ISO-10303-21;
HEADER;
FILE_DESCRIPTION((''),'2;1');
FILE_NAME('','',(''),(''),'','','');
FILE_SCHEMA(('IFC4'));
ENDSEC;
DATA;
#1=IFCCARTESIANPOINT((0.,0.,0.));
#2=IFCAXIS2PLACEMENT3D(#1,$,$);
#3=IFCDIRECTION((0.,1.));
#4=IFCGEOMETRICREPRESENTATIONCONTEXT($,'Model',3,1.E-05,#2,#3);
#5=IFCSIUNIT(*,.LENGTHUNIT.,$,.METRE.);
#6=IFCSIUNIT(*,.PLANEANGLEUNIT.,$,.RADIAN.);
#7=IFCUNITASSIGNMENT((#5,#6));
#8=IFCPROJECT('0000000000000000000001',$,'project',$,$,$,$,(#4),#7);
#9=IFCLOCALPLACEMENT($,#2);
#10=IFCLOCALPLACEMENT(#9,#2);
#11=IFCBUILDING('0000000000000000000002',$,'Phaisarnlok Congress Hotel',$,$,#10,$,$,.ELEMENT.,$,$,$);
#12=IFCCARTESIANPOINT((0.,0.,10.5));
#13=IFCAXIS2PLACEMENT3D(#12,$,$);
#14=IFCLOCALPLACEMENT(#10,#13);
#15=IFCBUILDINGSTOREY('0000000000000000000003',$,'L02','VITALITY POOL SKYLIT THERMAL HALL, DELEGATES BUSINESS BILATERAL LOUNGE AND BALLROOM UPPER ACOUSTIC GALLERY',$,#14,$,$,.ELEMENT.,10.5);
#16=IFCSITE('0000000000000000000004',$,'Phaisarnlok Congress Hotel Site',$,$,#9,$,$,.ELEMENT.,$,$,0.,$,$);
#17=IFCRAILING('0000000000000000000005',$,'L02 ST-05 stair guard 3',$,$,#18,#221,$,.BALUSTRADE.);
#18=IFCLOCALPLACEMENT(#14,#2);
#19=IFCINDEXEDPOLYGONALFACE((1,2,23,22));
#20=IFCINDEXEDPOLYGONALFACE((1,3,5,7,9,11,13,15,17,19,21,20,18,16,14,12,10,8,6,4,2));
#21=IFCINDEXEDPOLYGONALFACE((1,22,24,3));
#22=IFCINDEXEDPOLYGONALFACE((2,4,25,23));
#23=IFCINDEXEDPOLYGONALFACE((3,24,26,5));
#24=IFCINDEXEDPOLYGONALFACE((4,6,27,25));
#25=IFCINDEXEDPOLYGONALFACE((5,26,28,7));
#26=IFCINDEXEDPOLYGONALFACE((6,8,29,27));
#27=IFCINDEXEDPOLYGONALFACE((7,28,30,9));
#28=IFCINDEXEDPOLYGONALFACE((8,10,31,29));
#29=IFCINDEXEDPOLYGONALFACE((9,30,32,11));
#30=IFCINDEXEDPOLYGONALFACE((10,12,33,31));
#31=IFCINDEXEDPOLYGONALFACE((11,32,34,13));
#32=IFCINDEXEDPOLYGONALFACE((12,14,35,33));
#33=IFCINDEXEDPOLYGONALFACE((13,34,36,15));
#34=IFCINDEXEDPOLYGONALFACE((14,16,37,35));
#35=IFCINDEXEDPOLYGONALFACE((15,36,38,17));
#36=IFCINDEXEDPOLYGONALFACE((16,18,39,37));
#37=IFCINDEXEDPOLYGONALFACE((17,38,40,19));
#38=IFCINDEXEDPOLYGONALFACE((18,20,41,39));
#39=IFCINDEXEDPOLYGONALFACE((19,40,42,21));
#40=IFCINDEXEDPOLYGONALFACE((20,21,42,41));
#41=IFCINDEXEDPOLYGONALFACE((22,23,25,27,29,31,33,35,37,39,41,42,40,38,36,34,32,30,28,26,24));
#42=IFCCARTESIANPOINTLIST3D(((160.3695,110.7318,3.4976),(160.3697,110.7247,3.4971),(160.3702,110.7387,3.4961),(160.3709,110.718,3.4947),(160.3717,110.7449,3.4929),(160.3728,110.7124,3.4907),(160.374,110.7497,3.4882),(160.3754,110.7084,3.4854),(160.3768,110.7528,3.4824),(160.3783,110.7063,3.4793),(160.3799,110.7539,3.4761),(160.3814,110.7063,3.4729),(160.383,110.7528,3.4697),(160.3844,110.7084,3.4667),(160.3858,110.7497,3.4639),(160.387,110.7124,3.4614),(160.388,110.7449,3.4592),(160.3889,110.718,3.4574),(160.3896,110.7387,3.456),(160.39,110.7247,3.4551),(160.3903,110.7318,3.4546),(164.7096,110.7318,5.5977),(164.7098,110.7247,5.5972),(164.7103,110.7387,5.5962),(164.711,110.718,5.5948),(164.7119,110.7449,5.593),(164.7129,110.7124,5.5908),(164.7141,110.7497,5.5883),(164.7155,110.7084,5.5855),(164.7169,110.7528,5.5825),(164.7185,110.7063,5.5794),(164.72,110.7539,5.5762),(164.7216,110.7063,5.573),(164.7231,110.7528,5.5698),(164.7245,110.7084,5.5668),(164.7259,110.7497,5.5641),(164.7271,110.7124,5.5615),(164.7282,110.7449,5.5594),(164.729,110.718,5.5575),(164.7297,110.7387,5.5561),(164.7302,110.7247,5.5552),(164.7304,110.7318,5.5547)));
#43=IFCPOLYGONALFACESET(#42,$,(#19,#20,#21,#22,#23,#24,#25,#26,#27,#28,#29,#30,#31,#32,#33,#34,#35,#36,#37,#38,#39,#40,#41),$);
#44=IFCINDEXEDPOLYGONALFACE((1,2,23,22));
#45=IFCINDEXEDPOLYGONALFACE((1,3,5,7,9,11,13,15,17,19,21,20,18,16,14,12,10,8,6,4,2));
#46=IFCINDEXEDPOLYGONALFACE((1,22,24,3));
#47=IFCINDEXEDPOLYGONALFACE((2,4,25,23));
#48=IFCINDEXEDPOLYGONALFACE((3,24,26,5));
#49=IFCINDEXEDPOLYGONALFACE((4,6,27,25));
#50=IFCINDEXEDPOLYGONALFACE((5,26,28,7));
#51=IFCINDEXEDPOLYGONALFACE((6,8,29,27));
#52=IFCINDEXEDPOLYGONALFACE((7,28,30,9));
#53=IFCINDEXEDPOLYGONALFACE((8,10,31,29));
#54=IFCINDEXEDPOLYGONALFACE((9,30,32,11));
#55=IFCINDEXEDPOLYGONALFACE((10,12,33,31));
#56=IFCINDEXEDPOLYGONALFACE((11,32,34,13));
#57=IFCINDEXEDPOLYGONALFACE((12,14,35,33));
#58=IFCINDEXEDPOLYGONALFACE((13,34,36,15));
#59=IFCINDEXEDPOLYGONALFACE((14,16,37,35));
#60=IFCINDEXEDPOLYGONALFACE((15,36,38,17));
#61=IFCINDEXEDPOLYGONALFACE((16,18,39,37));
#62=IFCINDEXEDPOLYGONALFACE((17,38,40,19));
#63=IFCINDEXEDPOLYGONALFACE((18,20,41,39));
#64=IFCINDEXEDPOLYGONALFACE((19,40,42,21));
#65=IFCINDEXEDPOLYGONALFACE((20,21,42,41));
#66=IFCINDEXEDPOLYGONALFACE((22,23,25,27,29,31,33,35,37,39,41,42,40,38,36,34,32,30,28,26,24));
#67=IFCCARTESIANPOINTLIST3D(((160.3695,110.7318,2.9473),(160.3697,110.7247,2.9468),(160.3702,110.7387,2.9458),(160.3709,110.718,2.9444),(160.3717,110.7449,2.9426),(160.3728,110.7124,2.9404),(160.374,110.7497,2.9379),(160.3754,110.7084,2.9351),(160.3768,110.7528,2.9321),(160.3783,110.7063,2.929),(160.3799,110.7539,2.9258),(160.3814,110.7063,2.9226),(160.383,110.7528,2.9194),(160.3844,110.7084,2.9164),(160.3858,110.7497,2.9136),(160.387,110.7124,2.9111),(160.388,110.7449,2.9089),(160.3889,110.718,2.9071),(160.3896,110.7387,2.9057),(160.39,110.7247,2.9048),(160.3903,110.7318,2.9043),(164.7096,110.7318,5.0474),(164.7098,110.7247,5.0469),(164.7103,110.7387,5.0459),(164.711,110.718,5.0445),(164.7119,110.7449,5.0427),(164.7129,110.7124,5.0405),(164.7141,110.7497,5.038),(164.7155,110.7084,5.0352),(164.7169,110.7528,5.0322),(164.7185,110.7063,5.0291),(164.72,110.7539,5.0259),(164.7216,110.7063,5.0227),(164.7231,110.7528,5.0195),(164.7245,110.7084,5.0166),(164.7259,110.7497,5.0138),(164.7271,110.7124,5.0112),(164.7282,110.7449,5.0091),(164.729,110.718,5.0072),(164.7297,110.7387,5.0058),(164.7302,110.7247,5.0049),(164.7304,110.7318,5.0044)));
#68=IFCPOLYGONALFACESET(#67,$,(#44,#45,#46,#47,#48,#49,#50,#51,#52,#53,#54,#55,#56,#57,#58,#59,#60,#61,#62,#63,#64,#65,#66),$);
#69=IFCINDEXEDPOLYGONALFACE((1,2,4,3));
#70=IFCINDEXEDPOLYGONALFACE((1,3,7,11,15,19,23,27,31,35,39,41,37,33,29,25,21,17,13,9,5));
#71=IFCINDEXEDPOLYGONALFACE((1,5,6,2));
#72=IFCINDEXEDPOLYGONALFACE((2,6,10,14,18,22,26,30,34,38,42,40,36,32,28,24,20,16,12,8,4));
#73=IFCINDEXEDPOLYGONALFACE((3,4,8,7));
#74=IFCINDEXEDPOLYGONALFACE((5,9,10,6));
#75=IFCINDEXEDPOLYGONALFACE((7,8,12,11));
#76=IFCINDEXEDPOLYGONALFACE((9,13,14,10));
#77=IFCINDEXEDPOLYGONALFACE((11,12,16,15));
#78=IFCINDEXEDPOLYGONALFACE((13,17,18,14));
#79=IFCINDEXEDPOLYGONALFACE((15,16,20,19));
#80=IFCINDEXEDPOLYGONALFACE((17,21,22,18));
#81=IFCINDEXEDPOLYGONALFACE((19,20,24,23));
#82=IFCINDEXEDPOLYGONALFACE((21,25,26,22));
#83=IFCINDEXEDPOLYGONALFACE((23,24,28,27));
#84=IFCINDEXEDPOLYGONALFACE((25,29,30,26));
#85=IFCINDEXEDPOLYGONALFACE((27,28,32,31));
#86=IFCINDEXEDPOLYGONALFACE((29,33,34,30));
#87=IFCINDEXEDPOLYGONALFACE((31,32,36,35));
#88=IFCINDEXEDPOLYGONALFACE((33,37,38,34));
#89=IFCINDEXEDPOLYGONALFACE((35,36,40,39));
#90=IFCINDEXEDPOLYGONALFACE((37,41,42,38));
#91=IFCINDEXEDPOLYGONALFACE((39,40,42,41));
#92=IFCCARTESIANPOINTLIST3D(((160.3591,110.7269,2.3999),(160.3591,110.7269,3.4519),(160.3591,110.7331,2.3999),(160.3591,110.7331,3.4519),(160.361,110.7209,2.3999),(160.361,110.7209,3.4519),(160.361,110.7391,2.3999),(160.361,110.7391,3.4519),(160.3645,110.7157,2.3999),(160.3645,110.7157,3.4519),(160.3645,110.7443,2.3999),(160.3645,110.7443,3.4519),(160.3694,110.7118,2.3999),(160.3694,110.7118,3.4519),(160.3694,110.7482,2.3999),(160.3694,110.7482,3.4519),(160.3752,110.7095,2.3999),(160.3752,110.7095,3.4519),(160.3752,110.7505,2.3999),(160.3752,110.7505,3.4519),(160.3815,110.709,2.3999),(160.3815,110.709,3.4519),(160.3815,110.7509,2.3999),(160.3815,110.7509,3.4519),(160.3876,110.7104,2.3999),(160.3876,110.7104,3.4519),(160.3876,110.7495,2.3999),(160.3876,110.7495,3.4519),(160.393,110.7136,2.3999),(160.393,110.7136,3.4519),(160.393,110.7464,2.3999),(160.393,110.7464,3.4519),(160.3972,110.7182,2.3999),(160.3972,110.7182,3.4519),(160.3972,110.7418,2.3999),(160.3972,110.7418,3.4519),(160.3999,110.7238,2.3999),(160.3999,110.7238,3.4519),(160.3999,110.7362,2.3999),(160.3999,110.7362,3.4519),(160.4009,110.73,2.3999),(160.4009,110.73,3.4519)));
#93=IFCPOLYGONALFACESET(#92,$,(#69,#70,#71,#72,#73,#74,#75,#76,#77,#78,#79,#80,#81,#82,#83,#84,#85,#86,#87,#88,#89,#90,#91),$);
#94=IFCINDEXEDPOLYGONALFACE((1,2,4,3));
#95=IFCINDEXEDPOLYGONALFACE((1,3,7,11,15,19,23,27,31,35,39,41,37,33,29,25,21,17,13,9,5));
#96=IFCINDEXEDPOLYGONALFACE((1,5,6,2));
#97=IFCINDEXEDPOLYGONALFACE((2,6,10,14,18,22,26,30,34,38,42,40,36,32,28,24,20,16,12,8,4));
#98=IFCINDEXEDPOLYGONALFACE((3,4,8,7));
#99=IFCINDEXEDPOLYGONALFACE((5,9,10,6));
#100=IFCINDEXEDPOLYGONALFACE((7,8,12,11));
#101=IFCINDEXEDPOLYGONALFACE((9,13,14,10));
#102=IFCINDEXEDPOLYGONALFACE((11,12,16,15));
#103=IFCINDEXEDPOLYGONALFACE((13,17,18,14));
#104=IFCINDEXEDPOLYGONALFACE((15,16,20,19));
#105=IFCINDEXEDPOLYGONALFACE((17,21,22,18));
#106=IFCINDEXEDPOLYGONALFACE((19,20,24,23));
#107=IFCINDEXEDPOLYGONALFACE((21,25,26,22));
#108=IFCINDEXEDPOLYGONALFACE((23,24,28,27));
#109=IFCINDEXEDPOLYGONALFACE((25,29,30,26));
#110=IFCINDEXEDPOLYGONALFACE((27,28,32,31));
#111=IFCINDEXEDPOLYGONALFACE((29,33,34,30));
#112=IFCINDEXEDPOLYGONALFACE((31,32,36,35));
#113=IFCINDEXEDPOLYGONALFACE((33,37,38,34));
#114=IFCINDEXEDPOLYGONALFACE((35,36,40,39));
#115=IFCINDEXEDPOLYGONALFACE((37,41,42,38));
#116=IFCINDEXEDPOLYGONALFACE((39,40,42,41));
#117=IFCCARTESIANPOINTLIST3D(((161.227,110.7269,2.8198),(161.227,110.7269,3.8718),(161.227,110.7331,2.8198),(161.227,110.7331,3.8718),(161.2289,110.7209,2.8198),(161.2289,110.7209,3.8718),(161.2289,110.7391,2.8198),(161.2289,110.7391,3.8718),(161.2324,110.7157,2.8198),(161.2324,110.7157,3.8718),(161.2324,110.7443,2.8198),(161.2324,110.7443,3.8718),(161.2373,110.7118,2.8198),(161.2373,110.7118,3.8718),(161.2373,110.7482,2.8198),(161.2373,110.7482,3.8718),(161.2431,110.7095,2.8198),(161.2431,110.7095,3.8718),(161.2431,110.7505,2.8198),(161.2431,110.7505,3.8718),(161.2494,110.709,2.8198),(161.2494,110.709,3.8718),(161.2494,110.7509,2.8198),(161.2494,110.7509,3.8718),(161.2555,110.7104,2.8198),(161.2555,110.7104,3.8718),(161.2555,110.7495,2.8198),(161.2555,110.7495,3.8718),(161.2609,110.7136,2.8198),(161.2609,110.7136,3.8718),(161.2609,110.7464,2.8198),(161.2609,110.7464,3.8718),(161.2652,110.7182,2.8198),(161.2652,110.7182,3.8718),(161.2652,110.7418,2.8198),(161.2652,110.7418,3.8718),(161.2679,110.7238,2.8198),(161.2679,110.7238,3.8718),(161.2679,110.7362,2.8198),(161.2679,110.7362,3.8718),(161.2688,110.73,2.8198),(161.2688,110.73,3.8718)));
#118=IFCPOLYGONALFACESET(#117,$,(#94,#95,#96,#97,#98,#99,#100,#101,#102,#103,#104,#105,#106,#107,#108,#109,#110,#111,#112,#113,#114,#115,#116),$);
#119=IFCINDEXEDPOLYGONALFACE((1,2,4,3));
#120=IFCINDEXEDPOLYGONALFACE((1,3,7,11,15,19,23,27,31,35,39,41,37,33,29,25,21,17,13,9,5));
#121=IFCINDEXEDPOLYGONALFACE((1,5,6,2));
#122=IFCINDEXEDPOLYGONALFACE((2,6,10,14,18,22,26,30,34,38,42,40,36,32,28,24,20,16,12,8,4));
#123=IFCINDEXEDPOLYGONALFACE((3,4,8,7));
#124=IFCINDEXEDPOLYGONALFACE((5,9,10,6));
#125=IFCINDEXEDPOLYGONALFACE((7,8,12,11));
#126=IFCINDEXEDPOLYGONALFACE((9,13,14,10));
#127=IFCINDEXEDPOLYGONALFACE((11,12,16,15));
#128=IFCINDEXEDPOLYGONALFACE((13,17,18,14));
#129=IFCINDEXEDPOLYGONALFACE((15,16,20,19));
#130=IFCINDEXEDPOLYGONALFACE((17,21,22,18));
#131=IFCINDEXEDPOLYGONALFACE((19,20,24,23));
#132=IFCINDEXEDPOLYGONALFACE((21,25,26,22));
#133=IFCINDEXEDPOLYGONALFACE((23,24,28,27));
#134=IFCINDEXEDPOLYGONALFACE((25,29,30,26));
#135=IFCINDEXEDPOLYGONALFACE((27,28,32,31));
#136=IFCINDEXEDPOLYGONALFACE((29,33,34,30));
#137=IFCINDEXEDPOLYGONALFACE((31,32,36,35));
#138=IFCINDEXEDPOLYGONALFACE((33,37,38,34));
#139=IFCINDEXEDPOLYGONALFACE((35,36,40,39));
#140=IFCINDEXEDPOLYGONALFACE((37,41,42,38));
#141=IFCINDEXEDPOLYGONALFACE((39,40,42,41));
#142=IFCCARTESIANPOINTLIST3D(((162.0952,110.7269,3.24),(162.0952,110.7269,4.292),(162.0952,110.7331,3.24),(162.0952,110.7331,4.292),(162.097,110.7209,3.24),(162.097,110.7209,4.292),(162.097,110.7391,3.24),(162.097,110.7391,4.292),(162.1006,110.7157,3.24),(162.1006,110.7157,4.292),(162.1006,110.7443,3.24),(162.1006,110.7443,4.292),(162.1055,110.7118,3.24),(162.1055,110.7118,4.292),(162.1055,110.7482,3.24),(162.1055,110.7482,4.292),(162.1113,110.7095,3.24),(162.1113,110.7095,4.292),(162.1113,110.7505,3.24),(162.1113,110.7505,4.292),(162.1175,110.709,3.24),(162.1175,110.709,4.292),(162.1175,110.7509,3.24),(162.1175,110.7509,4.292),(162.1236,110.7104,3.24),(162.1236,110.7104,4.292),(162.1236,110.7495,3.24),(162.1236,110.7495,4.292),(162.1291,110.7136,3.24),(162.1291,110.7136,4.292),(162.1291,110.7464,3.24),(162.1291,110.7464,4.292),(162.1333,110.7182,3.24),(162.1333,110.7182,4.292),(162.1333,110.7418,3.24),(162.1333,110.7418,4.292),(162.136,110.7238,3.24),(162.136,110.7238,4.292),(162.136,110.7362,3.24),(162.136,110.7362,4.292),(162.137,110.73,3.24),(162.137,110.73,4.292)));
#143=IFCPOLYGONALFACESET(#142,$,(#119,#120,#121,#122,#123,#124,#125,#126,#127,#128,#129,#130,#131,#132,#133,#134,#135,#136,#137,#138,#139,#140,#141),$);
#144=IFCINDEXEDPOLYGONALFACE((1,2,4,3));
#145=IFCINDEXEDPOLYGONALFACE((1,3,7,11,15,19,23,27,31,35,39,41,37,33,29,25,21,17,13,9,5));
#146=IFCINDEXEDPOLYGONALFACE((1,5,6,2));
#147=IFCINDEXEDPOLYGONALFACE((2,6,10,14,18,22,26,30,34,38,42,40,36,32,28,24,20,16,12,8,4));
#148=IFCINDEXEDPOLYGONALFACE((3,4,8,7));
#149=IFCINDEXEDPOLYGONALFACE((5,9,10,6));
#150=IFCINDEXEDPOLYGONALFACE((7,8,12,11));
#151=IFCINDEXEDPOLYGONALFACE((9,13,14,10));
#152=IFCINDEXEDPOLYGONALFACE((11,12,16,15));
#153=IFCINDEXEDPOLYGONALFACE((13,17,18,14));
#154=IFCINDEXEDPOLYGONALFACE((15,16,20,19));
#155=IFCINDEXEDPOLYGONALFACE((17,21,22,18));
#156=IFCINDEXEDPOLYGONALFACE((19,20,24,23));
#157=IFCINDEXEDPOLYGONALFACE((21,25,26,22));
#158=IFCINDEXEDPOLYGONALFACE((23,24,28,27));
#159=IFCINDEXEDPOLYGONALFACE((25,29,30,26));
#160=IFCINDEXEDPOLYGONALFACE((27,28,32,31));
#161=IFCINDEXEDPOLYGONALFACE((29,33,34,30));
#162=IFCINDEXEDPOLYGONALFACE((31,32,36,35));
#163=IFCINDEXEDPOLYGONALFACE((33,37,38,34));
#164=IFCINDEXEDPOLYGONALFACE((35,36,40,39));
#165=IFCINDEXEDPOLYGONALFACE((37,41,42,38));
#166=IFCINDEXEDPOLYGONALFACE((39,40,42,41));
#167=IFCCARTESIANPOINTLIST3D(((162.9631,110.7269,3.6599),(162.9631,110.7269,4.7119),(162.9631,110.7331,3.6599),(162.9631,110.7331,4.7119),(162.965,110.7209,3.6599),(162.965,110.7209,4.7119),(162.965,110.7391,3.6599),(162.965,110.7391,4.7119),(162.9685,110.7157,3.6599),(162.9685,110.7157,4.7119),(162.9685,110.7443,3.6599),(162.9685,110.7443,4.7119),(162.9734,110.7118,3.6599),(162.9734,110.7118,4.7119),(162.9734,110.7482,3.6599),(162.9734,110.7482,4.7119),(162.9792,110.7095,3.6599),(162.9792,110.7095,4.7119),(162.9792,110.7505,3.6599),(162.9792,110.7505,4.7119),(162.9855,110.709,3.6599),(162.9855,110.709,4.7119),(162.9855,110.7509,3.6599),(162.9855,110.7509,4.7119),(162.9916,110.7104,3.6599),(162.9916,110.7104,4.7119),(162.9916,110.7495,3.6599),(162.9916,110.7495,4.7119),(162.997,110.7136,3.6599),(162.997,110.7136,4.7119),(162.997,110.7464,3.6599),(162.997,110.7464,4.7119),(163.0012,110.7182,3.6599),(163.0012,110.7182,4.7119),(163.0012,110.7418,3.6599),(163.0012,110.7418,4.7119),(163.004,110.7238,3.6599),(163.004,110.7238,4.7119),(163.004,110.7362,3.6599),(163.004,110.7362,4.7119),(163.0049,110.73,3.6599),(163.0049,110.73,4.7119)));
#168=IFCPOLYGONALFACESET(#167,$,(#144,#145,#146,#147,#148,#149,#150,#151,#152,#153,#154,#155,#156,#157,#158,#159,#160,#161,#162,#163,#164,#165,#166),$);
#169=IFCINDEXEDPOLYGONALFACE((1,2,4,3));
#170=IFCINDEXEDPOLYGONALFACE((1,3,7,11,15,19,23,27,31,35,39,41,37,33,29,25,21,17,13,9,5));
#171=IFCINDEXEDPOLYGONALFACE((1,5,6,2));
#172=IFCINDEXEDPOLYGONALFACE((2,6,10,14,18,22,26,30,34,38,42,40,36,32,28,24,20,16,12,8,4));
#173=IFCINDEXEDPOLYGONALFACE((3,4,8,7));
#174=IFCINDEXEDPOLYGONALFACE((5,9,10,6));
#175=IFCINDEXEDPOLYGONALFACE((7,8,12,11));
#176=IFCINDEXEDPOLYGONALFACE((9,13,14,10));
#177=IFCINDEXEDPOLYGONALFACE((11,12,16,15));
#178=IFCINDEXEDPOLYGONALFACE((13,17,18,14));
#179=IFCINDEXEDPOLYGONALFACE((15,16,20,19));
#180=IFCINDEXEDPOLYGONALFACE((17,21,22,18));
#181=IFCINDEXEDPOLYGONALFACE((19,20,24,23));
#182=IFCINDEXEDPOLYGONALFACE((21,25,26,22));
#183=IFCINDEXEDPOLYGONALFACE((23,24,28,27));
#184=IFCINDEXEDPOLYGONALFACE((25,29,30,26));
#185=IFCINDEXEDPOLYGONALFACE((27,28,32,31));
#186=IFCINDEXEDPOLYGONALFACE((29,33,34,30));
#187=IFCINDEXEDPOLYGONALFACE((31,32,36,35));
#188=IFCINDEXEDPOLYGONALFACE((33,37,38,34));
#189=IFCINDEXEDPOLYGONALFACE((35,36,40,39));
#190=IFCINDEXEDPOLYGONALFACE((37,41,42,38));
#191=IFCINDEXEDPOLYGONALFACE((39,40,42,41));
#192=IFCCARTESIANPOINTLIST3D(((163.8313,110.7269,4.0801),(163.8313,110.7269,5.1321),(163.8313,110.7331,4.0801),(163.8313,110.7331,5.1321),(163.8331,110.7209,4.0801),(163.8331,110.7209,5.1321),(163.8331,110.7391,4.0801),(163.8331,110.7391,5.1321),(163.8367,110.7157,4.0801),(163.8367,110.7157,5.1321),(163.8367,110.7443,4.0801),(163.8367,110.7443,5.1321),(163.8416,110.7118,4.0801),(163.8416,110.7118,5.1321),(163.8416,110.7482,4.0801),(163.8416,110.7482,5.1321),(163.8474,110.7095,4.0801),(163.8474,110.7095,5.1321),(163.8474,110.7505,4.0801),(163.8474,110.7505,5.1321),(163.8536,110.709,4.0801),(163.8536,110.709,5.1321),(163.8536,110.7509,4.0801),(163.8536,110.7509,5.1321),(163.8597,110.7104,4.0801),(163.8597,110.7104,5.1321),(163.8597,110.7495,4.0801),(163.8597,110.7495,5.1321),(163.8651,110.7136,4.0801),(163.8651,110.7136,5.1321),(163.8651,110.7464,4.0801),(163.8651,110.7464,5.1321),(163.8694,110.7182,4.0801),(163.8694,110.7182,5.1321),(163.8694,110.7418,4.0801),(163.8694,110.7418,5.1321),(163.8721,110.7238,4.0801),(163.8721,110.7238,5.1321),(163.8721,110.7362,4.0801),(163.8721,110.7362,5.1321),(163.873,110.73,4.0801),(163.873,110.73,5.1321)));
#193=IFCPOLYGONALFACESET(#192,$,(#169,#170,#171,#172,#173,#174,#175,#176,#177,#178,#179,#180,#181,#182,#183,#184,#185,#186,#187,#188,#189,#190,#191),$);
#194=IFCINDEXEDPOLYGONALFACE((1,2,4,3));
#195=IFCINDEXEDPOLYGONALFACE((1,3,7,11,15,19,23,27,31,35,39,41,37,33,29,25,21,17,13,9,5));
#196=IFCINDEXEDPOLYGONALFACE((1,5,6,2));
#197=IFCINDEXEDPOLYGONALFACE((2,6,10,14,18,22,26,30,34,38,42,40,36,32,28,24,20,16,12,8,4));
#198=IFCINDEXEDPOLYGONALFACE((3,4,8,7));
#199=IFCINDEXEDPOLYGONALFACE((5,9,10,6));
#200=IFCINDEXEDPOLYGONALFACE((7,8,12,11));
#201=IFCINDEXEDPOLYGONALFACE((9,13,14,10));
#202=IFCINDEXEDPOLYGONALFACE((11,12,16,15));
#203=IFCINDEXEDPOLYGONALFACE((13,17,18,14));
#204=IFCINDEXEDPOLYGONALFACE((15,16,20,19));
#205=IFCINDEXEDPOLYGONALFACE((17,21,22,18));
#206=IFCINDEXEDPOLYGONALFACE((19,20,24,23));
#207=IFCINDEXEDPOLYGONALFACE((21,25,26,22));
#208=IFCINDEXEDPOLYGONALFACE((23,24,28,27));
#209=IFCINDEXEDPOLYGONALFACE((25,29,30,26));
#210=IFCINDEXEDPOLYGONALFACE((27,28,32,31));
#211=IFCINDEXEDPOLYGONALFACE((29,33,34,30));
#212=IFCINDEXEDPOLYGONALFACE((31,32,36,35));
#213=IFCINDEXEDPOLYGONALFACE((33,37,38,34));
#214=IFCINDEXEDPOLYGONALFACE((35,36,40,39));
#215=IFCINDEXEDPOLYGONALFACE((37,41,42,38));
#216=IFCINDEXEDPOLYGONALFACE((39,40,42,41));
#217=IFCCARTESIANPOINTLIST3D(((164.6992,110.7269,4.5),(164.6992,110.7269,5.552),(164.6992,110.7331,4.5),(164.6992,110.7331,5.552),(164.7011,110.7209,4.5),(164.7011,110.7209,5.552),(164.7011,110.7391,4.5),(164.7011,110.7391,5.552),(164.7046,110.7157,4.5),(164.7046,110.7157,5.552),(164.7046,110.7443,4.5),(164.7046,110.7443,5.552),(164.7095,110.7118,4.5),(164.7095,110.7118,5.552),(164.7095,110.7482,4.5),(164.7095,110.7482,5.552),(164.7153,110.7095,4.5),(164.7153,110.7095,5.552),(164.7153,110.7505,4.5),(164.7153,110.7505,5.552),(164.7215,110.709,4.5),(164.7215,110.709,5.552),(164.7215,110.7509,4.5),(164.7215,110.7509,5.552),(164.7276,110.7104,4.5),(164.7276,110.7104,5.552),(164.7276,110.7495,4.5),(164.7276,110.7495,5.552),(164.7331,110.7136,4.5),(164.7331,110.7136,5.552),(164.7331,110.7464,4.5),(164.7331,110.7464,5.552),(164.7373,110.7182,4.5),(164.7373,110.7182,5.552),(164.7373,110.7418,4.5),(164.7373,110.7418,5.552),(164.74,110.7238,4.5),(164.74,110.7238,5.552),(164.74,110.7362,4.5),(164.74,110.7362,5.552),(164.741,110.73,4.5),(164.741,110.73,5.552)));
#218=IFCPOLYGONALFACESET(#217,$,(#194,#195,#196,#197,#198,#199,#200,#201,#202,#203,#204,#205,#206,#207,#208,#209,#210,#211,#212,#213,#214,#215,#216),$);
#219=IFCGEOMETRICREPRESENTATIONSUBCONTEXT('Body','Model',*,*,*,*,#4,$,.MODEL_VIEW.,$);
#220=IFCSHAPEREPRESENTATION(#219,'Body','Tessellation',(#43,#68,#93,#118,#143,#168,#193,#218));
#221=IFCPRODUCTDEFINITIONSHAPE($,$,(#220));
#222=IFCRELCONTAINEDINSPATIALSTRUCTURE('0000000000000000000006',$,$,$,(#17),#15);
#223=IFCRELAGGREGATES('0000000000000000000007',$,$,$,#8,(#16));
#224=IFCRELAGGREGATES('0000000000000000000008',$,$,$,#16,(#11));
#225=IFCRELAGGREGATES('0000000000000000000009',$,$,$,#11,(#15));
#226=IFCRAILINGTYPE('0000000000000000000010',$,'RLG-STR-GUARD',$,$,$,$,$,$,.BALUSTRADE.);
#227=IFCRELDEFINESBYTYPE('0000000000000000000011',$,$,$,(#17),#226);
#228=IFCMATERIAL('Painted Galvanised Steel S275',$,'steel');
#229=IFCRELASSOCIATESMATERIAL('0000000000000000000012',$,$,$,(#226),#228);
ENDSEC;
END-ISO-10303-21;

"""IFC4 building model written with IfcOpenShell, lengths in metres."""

from ifc_helpers import new_model, si_unit, direction, frame, origin, origin_2d, place, context, subcontext, project, spatial, circle, extrude, material, type_object, element, save


model = new_model("IFC4")

# Units and contexts
model_context = context("Model", 3, precision=1e-05, world=origin(), true_north=direction((0.0, 1.0)))
body_context = subcontext(model_context, "Body", "Model", "MODEL_VIEW")
ifc_project = project(units=[si_unit("LENGTHUNIT", "METRE"), si_unit("PLANEANGLEUNIT", "RADIAN")], contexts=[model_context])

# Site, building, storey
site_placement = place(None, origin())
site = spatial("IfcSite", under=ifc_project, at=site_placement, Name="Phaisarnlok Congress Hotel Site", CompositionType="ELEMENT", RefElevation=0.0)
building_placement = place(site_placement, origin())
building = spatial("IfcBuilding", under=site, at=building_placement, Name="Phaisarnlok Congress Hotel", CompositionType="ELEMENT")
storey_placement = place(building_placement, frame((0.0, 0.0, 10.5)))
storey = spatial("IfcBuildingStorey", under=building, at=storey_placement, Name="L02", Description="VITALITY POOL SKYLIT THERMAL HALL, DELEGATES BUSINESS BILATERAL LOUNGE AND BALLROOM UPPER ACOUSTIC GALLERY", CompositionType="ELEMENT", Elevation=10.5)

# Railing
ifc_material_1 = material(Name="Painted Galvanised Steel S275", Category="steel")
railing_type_1 = type_object("IfcRailingType", Name="RLG-STR-GUARD", PredefinedType="BALUSTRADE", material=ifc_material_1)
railing_1_placement = place(storey_placement, frame((160.3799, 110.73, 2.3999)))
element("IfcRailing", 1, at=railing_1_placement, inside=storey, type_object=railing_type_1, Name="L02 ST-05 stair guard 3", PredefinedType="BALUSTRADE", context=body_context, shape_type="SweptSolid", body=[
    extrude(circle(Radius=0.0239, at=origin_2d()), frame((0.0, 0.0, 1.0762), z_axis=(0.900155, 0.0, 0.43557), x_axis=(0.0, 1.0, 0.0)), (0.0, 0.0, 1.0), 4.8215),
    extrude(circle(Radius=0.0239, at=origin_2d()), frame((0.0, 0.0, 0.5259), z_axis=(0.900155, 0.0, 0.43557), x_axis=(0.0, 1.0, 0.0)), (0.0, 0.0, 1.0), 4.8215),
    extrude(circle(Radius=0.021, at=origin_2d()), origin(), (0.0, 0.0, 1.0), 1.052),
    extrude(circle(Radius=0.021, at=origin_2d()), frame((0.8679, 0.0, 0.4199)), (0.0, 0.0, 1.0), 1.052),
    extrude(circle(Radius=0.021, at=origin_2d()), frame((1.7361, 0.0, 0.8401)), (0.0, 0.0, 1.0), 1.052),
    extrude(circle(Radius=0.021, at=origin_2d()), frame((2.604, 0.0, 1.26)), (0.0, 0.0, 1.0), 1.052),
    extrude(circle(Radius=0.021, at=origin_2d()), frame((3.4722, 0.0, 1.6802)), (0.0, 0.0, 1.0), 1.052),
    extrude(circle(Radius=0.021, at=origin_2d()), frame((4.3401, 0.0, 2.1001)), (0.0, 0.0, 1.0), 1.052),
])

save(model, "model.ifc")
